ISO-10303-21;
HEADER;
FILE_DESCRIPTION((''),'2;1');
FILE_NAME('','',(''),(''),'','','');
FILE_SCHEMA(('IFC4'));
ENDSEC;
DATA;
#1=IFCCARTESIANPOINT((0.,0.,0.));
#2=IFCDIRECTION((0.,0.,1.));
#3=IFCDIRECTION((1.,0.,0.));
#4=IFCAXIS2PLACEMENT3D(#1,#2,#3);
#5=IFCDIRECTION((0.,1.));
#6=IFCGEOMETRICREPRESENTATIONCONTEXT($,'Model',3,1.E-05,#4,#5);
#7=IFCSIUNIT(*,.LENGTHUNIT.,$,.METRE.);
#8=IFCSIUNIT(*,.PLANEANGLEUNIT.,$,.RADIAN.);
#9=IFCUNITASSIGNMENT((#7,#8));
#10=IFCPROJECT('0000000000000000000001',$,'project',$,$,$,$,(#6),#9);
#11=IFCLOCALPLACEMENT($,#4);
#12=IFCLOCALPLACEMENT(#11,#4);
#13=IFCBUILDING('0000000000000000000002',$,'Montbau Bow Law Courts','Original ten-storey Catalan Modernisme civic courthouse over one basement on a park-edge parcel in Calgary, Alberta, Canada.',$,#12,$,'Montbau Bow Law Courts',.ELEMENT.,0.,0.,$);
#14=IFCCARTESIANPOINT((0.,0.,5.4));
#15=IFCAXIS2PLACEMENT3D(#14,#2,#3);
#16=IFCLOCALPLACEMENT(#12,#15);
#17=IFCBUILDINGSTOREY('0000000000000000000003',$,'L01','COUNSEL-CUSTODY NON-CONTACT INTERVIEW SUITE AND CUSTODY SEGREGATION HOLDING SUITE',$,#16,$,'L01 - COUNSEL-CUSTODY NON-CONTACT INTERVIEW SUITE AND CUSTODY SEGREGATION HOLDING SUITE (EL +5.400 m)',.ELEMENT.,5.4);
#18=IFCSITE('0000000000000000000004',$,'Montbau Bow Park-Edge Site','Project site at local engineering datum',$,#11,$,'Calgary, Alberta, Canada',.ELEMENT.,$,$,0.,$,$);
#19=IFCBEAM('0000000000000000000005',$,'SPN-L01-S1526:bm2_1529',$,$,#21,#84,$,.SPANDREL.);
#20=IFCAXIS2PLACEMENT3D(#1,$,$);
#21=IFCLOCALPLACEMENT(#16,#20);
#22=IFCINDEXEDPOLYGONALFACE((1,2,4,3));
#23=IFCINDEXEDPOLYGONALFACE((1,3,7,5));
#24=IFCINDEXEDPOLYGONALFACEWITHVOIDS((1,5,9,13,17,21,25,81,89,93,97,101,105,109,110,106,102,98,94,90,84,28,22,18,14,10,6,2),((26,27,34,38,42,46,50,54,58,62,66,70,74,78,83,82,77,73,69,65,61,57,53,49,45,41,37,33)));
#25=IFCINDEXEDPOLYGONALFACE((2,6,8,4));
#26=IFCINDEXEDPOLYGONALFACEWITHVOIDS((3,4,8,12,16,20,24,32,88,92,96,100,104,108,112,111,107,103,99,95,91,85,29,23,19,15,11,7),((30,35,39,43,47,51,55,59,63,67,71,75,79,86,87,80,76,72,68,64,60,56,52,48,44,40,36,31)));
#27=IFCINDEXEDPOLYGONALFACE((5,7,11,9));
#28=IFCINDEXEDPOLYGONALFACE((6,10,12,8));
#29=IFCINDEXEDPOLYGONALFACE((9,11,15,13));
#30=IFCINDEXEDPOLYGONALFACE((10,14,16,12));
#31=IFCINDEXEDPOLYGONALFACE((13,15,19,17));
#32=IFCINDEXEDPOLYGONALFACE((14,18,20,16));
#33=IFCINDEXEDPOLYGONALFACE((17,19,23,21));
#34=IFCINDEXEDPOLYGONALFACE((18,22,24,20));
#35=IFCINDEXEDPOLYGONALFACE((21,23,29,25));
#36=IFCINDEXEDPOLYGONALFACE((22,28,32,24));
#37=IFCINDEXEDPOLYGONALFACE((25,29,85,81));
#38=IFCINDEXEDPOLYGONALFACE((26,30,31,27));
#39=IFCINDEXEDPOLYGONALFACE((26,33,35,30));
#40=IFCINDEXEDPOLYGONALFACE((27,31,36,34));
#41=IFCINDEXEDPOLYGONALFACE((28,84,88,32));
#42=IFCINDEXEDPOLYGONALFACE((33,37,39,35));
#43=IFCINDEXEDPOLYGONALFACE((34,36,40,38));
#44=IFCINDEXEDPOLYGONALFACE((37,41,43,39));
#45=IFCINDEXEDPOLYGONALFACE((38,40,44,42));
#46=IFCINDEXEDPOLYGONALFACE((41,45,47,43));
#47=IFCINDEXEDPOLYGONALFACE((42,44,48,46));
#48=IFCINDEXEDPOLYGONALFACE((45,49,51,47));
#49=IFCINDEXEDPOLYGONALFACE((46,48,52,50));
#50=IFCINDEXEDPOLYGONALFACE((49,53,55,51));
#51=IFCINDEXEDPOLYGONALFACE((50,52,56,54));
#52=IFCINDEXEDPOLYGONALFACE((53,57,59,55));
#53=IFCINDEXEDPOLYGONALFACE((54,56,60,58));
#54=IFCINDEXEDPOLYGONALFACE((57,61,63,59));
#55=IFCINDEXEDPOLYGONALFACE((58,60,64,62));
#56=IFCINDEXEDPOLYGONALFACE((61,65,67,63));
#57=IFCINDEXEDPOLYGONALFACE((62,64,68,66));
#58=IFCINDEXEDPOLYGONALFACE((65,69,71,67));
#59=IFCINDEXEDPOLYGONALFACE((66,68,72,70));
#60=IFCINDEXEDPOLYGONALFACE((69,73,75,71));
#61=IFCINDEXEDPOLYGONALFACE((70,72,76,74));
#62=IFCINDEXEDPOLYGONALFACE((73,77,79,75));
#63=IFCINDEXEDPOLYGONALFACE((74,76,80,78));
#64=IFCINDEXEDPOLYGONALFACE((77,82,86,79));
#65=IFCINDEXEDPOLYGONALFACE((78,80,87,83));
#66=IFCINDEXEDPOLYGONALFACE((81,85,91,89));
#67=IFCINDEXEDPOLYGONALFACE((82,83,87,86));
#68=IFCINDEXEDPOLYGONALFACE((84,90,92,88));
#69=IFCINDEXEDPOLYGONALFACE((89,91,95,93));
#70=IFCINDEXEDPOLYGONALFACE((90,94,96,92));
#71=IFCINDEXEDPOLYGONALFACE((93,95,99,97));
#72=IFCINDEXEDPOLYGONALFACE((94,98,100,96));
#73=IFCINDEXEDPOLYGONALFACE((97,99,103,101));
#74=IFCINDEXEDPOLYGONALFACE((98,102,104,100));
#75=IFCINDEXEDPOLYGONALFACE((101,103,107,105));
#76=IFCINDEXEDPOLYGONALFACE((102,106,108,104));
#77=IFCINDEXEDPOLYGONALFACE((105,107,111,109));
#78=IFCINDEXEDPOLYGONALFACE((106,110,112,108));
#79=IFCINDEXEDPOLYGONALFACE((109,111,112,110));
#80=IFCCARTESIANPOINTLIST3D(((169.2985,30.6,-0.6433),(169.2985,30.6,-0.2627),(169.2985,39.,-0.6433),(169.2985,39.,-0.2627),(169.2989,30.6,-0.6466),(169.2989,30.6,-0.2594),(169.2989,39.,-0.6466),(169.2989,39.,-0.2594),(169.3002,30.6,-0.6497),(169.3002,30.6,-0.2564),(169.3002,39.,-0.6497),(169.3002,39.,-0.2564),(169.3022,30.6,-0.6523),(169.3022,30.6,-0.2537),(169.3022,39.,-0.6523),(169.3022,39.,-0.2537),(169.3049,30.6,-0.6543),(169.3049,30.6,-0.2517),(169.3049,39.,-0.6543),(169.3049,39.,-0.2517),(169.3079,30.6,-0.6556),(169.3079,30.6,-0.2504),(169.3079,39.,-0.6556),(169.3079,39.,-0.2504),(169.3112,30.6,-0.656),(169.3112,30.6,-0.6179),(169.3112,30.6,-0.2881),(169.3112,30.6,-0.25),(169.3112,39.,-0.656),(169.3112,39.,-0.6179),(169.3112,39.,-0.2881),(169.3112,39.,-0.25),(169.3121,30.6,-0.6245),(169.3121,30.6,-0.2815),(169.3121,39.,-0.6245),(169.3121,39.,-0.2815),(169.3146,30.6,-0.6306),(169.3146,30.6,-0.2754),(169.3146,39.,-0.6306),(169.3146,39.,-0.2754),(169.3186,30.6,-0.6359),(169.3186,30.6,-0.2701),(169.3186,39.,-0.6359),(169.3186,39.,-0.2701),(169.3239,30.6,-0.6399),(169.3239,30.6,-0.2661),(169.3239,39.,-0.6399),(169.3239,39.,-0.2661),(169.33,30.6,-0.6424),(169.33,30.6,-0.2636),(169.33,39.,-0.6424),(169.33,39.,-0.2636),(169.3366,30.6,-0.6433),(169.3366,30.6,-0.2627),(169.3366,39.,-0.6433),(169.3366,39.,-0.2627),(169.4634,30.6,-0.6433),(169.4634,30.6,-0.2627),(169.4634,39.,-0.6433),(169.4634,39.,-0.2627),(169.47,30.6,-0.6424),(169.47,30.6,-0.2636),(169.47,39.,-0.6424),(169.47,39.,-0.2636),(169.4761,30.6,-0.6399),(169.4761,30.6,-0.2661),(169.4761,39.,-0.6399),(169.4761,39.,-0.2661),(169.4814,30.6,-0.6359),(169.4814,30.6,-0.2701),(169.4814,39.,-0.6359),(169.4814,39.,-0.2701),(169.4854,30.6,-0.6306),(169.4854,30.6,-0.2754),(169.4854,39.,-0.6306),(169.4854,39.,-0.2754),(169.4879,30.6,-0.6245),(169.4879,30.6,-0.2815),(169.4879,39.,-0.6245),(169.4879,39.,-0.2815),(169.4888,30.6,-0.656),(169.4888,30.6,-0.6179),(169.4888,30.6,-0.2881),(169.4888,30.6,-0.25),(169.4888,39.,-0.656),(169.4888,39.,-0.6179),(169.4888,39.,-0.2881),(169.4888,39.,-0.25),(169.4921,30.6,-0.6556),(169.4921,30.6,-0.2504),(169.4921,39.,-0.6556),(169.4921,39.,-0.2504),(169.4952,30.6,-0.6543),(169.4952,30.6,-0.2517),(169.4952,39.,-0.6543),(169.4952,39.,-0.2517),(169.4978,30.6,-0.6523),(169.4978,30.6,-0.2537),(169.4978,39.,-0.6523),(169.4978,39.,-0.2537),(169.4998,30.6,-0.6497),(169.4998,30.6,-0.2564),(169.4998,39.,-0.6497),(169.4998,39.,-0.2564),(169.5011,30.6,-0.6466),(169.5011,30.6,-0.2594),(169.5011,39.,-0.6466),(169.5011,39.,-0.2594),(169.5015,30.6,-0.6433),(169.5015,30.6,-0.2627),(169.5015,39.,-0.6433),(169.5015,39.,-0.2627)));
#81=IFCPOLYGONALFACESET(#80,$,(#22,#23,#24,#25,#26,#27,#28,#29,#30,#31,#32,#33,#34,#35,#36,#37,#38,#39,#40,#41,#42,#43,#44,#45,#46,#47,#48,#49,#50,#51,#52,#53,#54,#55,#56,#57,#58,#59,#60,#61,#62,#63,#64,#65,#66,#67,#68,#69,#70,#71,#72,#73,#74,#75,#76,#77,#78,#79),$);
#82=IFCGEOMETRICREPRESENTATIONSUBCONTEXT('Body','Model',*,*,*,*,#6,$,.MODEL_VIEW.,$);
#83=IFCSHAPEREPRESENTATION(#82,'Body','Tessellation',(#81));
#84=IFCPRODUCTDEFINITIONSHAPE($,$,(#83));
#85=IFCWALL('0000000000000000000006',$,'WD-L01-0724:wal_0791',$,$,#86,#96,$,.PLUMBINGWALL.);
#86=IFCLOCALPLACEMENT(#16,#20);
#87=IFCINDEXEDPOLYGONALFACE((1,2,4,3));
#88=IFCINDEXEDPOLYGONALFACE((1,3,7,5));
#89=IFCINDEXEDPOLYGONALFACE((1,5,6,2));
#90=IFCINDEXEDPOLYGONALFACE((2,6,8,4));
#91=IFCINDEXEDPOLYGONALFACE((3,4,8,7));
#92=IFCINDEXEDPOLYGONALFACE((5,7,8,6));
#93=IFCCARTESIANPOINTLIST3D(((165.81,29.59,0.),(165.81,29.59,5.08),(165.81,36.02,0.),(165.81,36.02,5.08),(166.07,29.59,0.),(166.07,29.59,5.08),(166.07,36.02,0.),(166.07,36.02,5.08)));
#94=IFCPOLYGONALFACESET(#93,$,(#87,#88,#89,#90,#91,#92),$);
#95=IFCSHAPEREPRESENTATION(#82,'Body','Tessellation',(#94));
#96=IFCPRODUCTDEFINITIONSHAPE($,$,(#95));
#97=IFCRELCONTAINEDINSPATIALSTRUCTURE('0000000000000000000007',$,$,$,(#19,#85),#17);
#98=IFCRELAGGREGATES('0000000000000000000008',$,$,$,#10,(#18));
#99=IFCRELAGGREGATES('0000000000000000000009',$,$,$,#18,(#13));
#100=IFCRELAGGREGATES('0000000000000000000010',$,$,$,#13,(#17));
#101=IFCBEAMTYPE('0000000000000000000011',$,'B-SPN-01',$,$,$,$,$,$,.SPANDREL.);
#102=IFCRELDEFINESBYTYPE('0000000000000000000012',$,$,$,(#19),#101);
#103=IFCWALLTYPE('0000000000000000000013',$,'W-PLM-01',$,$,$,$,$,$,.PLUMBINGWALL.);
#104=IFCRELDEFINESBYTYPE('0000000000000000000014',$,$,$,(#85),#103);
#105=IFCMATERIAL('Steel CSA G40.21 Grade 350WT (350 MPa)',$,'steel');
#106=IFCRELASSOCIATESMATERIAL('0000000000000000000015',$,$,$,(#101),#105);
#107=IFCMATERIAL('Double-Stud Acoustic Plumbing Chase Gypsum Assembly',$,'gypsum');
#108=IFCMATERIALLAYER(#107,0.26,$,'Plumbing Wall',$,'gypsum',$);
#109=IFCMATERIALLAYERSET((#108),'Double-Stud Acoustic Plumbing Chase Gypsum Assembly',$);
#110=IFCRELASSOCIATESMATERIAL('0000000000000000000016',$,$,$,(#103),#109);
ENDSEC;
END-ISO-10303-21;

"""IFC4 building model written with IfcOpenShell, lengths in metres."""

from ifc_helpers import new_model, si_unit, direction, frame, frame_2d, origin_with_axes, origin_2d_with_axis, place, context, subcontext, project, spatial, rectangle, hollow_rectangle, extrude, material, layer, layer_set, material_profile, profile_set, type_object, element, save


model = new_model("IFC4")

# Units and contexts
model_context = context("Model", 3, precision=1e-05, world=origin_with_axes(), true_north=direction((0.0, 1.0)))
body_context = subcontext(model_context, "Body", "Model", "MODEL_VIEW")
ifc_project = project(units=[si_unit("LENGTHUNIT", "METRE"), si_unit("PLANEANGLEUNIT", "RADIAN")], contexts=[model_context])

# Site, building, storey
site_placement = place(None, origin_with_axes())
site = spatial("IfcSite", under=ifc_project, at=site_placement, Name="Montbau Bow Park-Edge Site", Description="Project site at local engineering datum", LongName="Calgary, Alberta, Canada", CompositionType="ELEMENT", RefElevation=0.0)
building_placement = place(site_placement, origin_with_axes())
building = spatial("IfcBuilding", under=site, at=building_placement, Name="Montbau Bow Law Courts", Description="Original ten-storey Catalan Modernisme civic courthouse over one basement on a park-edge parcel in Calgary, Alberta, Canada.", LongName="Montbau Bow Law Courts", CompositionType="ELEMENT", ElevationOfRefHeight=0.0, ElevationOfTerrain=0.0)
storey_placement = place(building_placement, frame((0.0, 0.0, 5.4), z_axis=(0.0, 0.0, 1.0), x_axis=(1.0, 0.0, 0.0)))
storey = spatial("IfcBuildingStorey", under=building, at=storey_placement, Name="L01", Description="COUNSEL-CUSTODY NON-CONTACT INTERVIEW SUITE AND CUSTODY SEGREGATION HOLDING SUITE", LongName="L01 - COUNSEL-CUSTODY NON-CONTACT INTERVIEW SUITE AND CUSTODY SEGREGATION HOLDING SUITE (EL +5.400 m)", CompositionType="ELEMENT", Elevation=5.4)

# Beam
ifc_material_1 = material(Name="Steel CSA G40.21 Grade 350WT (350 MPa)", Category="steel")
ifc_material_profile_1 = material_profile(ifc_material_1, hollow_rectangle(XDim=0.203, YDim=0.406, WallThickness=0.0127, InnerFilletRadius=0.0254, OuterFilletRadius=0.0127, at=origin_2d_with_axis()), Name="HSS406X203X13", Category="Main", Priority=0)
ifc_profile_set_1 = profile_set([ifc_material_profile_1], Name="Steel CSA G40.21 Grade 350WT (350 MPa)")
beam_type_1 = type_object("IfcBeamType", Name="B-SPN-01", PredefinedType="SPANDREL", material=ifc_profile_set_1)
for number, where, z_axis, x_axis, name in (
    (1, (169.4, 30.6, 4.947), (0.0, 1.0, 0.0), (-1.0, 0.0, 0.0), "SPN-L01-S1526:bm2_1529"),
):
    element("IfcBeam", number, at=place(None, frame(where, z_axis=z_axis, x_axis=x_axis)), inside=storey, type_object=beam_type_1, Name=name, PredefinedType="SPANDREL", context=body_context, shape_type="SweptSolid", body=[
        extrude(hollow_rectangle(XDim=0.203, YDim=0.406, WallThickness=0.0127, InnerFilletRadius=0.0254, OuterFilletRadius=0.0127, at=origin_2d_with_axis()), origin_with_axes(), (0.0, 0.0, 1.0), 8.4),
    ])

# Wall
ifc_material_2 = material(Name="Double-Stud Acoustic Plumbing Chase Gypsum Assembly", Category="gypsum")
ifc_layer = layer(ifc_material_2, 0.26, Name="Plumbing Wall", Category="gypsum")
ifc_layer_set = layer_set([ifc_layer], Name="Double-Stud Acoustic Plumbing Chase Gypsum Assembly")
wall_type = type_object("IfcWallType", Name="W-PLM-01", PredefinedType="PLUMBINGWALL", material=ifc_layer_set)
wall_placement = place(None, frame((165.94, 29.59, 5.4), z_axis=(0.0, 0.0, 1.0), x_axis=(0.0, 1.0, 0.0)))
element("IfcWall", 2, at=wall_placement, inside=storey, type_object=wall_type, Name="WD-L01-0724:wal_0791", PredefinedType="PLUMBINGWALL", context=body_context, shape_type="SweptSolid", body=[
    extrude(rectangle(XDim=6.43, YDim=0.26, at=frame_2d((3.215, 0.0), x_axis=(1.0, 0.0))), origin_with_axes(), (0.0, 0.0, 1.0), 5.08),
])

save(model, "model.ifc")
